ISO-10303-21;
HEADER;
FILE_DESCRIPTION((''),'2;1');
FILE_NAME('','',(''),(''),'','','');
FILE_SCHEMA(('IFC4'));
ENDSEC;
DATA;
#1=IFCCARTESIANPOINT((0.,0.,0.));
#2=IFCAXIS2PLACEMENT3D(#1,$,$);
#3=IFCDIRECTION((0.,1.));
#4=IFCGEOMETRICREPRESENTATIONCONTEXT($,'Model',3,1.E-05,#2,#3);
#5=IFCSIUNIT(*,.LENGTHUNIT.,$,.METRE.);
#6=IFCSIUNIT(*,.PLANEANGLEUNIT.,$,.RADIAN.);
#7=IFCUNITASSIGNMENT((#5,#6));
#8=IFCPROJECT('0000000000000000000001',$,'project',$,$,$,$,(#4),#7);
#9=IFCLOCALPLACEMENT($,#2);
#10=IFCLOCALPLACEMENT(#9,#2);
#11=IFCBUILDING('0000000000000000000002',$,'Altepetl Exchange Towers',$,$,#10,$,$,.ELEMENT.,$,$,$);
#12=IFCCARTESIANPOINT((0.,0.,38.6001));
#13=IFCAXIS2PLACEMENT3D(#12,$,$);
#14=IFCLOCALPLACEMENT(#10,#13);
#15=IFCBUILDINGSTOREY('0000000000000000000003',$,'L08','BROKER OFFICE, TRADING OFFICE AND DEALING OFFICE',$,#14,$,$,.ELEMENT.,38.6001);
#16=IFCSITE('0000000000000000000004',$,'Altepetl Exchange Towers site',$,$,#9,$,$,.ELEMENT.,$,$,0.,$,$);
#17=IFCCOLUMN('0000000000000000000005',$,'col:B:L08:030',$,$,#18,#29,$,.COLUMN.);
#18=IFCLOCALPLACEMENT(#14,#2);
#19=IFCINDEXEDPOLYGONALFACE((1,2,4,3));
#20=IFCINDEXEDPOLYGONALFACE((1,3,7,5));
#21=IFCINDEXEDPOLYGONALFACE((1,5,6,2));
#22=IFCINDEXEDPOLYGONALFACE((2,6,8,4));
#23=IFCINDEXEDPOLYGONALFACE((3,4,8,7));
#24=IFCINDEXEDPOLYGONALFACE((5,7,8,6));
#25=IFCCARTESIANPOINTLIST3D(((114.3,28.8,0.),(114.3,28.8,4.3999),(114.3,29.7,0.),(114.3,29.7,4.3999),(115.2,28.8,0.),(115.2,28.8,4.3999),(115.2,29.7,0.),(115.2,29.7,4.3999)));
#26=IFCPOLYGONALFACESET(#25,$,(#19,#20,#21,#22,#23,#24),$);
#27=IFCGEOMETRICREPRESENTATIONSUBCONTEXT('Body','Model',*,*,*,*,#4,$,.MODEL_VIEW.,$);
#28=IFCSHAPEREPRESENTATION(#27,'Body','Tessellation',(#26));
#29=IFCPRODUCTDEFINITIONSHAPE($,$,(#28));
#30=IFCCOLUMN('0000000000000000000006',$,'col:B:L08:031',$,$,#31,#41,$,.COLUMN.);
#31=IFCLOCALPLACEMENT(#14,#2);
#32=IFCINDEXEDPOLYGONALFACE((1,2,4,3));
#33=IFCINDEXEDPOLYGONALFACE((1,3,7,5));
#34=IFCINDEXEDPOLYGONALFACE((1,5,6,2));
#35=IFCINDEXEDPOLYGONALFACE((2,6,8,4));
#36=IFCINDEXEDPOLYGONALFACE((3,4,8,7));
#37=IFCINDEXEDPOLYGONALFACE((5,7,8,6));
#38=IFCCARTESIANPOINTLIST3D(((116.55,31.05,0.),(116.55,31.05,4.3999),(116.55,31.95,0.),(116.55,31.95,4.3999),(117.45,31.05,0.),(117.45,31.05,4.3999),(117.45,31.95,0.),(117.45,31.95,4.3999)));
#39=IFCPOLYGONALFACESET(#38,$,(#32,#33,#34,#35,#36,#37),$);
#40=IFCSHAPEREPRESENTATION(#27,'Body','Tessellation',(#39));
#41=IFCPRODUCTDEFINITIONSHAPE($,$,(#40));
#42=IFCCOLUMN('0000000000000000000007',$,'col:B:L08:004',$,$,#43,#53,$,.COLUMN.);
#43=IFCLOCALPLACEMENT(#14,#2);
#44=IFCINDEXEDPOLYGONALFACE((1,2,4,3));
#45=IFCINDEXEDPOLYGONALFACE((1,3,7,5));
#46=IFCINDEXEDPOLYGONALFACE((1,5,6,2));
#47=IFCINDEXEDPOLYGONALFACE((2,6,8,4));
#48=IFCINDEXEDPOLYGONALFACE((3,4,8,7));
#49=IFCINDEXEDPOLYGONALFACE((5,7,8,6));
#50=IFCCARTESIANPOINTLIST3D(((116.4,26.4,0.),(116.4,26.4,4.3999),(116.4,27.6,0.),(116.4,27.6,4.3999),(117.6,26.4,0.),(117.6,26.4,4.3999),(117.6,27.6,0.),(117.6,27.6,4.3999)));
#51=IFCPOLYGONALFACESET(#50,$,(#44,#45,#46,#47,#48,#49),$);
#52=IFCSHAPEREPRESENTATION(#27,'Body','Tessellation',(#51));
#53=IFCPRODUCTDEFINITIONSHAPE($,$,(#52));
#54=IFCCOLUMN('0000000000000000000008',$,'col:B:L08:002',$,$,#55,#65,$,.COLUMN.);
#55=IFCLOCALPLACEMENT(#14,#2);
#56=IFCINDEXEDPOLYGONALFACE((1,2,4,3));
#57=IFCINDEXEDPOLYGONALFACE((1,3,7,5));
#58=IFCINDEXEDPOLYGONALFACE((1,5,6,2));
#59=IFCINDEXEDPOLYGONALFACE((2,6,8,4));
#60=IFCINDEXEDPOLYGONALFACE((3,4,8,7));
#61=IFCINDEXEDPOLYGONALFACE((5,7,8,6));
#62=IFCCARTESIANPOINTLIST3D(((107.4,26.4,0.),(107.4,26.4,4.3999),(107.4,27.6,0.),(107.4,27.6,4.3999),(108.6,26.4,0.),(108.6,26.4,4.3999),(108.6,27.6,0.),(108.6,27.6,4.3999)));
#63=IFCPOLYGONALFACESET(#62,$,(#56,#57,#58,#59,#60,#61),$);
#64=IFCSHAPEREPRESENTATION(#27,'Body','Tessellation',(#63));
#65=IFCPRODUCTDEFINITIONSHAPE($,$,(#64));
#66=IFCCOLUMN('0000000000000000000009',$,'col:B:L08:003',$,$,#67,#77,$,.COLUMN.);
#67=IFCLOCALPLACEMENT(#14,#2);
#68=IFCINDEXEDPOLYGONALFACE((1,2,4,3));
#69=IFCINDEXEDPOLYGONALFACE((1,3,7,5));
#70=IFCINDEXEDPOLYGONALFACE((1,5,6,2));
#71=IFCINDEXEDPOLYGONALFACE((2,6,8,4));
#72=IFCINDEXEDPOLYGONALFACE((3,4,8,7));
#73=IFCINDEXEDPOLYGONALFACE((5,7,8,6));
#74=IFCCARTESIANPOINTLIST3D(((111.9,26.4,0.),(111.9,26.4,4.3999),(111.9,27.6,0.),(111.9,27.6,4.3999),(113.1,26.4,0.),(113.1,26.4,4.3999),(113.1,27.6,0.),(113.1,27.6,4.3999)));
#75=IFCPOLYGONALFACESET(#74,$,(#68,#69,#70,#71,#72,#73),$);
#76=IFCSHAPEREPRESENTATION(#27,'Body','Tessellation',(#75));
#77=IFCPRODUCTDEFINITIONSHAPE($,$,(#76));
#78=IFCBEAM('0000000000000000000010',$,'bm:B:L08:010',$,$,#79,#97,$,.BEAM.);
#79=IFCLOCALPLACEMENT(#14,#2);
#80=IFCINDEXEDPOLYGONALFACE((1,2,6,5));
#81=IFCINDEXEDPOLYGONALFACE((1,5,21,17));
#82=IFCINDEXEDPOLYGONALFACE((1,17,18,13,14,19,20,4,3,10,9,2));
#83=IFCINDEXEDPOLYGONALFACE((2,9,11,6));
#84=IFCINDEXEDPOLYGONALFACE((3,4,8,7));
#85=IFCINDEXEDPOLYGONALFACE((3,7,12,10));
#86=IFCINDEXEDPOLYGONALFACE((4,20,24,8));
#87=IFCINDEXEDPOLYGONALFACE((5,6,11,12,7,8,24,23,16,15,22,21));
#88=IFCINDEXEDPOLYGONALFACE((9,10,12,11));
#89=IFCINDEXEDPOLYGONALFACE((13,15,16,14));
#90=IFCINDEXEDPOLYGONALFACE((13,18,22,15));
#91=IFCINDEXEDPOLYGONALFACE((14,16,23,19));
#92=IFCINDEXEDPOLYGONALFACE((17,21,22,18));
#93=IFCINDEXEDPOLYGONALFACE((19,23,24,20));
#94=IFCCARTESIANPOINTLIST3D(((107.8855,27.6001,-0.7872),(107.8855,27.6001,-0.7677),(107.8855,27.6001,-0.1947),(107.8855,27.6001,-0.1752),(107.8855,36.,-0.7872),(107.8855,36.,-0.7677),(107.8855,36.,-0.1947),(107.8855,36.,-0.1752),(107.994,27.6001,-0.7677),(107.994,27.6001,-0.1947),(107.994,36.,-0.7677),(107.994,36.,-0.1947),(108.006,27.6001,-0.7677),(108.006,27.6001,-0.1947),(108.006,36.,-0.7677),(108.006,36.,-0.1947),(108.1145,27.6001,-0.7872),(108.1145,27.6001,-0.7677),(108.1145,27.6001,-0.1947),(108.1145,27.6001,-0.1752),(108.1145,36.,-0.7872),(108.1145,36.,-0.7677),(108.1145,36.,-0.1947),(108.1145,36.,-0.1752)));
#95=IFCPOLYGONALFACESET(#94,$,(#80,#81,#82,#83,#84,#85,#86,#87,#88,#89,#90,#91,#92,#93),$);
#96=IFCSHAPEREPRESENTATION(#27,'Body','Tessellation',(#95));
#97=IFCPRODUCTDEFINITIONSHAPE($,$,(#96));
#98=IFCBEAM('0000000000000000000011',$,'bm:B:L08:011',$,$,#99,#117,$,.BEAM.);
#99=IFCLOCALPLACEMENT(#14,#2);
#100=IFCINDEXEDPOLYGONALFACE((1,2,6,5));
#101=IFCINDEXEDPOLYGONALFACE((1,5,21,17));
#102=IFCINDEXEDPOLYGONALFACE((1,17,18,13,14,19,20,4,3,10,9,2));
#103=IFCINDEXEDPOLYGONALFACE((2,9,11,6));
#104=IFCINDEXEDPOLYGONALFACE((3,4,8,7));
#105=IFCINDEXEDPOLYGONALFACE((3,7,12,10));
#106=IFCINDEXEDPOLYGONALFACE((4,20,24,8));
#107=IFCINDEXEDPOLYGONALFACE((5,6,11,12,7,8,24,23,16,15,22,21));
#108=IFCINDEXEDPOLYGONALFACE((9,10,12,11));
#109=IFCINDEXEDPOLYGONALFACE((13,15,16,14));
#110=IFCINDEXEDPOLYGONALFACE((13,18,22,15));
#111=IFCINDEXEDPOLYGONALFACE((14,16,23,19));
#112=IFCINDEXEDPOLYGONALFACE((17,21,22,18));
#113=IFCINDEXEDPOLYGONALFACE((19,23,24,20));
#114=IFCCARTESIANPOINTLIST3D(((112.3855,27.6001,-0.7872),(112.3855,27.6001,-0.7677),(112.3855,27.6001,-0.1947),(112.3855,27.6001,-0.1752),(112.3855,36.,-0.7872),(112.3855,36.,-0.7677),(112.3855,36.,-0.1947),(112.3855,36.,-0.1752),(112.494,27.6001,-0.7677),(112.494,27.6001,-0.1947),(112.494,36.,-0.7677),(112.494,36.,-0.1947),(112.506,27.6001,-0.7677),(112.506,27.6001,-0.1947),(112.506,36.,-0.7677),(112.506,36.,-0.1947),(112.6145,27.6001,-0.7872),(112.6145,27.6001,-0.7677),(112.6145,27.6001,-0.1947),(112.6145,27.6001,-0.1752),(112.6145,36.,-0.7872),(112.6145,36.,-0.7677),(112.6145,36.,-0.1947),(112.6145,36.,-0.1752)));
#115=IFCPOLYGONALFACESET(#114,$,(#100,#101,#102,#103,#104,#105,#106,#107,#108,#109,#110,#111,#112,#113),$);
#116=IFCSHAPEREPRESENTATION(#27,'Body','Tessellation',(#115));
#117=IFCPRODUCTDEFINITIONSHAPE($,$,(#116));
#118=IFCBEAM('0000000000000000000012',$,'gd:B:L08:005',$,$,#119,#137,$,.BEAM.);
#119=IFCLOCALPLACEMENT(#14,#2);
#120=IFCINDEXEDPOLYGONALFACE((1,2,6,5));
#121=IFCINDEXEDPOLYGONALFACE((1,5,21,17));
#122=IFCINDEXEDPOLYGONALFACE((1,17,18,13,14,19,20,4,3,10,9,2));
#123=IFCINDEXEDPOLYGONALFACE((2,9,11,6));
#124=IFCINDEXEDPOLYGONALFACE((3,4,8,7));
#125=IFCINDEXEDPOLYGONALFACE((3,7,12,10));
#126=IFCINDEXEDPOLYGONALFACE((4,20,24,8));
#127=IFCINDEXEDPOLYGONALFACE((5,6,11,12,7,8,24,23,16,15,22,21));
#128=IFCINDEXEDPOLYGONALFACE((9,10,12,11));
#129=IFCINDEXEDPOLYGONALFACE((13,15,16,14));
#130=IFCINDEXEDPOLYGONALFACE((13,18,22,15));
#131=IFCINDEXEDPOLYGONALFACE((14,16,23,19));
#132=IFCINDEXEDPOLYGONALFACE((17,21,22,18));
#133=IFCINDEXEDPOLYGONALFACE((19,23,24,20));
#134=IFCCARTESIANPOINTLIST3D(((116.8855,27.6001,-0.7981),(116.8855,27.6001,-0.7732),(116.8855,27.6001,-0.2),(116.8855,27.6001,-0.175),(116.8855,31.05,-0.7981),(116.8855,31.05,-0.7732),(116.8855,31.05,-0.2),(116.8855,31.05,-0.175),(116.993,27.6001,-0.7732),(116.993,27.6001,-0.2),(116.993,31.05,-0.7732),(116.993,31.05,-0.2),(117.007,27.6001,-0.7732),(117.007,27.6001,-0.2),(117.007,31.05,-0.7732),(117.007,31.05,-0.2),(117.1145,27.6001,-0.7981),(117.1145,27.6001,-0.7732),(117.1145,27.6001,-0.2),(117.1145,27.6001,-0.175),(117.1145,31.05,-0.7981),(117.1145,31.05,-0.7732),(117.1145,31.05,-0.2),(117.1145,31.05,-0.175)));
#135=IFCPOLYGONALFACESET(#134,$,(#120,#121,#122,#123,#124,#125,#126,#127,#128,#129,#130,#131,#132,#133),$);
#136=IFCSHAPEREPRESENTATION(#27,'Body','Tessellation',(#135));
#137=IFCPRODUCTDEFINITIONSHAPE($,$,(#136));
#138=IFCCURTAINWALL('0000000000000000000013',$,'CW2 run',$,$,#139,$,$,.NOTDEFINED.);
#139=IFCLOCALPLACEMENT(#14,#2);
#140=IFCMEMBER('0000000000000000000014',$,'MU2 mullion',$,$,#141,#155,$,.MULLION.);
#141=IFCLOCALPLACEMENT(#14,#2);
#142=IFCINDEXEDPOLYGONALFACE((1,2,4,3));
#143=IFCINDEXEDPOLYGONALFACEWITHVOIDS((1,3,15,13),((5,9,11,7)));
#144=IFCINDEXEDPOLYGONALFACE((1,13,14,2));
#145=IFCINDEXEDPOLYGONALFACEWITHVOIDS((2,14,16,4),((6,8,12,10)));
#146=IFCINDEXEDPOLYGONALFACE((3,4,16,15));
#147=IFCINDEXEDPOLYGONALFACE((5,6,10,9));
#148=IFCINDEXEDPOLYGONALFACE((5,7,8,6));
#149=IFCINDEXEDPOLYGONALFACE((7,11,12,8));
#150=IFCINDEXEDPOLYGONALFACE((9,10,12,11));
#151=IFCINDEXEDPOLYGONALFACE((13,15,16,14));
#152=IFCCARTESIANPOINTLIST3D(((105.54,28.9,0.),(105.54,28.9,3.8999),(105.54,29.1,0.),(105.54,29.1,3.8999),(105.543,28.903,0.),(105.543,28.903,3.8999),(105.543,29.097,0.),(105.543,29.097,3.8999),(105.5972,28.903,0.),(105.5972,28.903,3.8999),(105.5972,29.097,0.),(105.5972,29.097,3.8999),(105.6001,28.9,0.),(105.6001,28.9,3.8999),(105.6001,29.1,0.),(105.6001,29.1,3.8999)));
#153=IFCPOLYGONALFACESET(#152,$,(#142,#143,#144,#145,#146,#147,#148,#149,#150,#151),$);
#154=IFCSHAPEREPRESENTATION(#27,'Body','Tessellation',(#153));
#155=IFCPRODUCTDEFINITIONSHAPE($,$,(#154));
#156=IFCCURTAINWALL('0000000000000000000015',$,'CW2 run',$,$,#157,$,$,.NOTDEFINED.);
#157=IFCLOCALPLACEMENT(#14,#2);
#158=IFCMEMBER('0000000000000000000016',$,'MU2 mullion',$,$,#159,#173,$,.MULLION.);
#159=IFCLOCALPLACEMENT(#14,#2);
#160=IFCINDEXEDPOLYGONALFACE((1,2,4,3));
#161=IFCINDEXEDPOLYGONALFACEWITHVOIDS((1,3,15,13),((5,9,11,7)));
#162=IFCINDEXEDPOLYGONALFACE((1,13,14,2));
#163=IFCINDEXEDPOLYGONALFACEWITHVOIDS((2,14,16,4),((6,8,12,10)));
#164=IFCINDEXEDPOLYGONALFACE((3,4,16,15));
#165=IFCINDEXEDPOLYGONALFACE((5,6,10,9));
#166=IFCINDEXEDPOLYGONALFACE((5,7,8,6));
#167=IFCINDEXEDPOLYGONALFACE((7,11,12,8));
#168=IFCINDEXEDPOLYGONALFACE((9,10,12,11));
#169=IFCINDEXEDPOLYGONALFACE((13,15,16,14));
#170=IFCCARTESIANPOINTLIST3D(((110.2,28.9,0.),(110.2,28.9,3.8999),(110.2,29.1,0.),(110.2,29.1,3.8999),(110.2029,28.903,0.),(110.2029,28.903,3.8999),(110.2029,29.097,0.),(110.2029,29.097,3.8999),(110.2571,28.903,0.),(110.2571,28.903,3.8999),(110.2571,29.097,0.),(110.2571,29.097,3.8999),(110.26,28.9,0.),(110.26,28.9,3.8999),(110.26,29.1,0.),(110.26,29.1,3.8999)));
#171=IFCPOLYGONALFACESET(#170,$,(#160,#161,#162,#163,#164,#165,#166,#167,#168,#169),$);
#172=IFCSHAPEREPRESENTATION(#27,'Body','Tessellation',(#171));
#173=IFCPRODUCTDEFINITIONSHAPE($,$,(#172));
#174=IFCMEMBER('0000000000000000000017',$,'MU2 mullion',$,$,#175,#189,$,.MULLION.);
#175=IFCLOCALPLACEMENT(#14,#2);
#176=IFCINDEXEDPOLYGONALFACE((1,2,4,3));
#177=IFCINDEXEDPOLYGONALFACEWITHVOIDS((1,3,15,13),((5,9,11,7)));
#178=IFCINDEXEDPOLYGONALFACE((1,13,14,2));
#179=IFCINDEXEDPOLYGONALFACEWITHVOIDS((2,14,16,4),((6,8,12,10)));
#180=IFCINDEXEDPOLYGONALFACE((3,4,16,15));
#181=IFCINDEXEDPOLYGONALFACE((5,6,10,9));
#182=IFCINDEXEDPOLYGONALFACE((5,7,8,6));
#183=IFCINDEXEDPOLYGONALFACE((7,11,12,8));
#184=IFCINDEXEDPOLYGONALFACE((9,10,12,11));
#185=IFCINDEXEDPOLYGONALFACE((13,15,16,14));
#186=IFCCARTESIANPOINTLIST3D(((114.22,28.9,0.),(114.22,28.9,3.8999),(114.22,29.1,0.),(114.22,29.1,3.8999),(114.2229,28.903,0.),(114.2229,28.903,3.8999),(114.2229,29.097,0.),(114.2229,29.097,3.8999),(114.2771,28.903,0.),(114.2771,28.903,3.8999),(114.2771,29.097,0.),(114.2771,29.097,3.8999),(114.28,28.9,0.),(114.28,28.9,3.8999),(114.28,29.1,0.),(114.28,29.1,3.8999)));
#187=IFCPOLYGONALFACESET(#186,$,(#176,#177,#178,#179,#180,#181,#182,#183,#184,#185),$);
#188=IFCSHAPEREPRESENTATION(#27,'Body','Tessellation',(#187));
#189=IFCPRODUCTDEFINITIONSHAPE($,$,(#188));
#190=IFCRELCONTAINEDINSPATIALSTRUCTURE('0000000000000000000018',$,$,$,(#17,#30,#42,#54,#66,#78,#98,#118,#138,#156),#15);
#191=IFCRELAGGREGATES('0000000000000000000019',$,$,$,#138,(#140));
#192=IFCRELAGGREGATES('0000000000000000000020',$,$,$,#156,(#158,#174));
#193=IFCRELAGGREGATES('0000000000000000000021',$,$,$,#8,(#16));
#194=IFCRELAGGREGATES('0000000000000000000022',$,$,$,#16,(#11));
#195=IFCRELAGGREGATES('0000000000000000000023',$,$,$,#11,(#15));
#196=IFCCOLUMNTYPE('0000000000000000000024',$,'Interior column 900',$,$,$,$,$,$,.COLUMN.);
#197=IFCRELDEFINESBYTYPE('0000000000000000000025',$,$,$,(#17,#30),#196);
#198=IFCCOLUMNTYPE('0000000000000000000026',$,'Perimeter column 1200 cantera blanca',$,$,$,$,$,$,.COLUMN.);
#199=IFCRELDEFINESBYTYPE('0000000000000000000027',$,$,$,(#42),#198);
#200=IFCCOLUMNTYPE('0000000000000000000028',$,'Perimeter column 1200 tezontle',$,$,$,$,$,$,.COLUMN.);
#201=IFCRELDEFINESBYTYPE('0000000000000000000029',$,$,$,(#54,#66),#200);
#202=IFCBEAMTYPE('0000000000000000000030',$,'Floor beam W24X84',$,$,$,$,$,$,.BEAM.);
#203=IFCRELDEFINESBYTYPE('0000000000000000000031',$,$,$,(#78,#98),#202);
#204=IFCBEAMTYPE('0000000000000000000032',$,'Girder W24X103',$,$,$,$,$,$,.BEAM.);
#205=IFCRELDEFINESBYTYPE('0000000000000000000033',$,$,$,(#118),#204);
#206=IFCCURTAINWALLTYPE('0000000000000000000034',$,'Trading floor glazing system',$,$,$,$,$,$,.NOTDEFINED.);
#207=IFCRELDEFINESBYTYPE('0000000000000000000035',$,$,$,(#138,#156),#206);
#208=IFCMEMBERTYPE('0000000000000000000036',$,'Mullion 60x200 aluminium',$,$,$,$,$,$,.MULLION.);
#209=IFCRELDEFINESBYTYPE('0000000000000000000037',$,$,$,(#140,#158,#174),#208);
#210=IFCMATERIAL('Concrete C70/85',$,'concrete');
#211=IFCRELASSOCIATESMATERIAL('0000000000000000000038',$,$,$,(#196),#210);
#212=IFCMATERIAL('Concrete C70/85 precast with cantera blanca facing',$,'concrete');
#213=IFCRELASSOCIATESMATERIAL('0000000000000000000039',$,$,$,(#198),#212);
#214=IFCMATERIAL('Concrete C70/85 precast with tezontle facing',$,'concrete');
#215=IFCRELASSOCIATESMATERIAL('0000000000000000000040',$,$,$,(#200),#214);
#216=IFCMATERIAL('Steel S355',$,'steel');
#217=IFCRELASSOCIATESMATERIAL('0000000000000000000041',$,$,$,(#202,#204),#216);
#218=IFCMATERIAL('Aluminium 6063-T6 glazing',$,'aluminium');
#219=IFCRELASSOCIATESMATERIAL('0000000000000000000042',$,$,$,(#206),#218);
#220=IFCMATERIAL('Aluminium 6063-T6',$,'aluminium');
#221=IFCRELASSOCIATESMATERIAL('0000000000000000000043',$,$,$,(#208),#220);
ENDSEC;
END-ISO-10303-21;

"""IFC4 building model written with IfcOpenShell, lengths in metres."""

from ifc_helpers import new_model, si_unit, direction, frame, origin, origin_2d, place, context, subcontext, project, spatial, rectangle, hollow_rectangle, i_section, extrude, material, material_profile, profile_set, type_object, element, aggregate, save


model = new_model("IFC4")

# Units and contexts
model_context = context("Model", 3, precision=1e-05, world=origin(), true_north=direction((0.0, 1.0)))
body_context = subcontext(model_context, "Body", "Model", "MODEL_VIEW")
ifc_project = project(units=[si_unit("LENGTHUNIT", "METRE"), si_unit("PLANEANGLEUNIT", "RADIAN")], contexts=[model_context])

# Site, building, storey
site_placement = place(None, origin())
site = spatial("IfcSite", under=ifc_project, at=site_placement, Name="Altepetl Exchange Towers site", CompositionType="ELEMENT", RefElevation=0.0)
building_placement = place(site_placement, origin())
building = spatial("IfcBuilding", under=site, at=building_placement, Name="Altepetl Exchange Towers", CompositionType="ELEMENT")
storey_placement = place(building_placement, frame((0.0, 0.0, 38.6001)))
storey = spatial("IfcBuildingStorey", under=building, at=storey_placement, Name="L08", Description="BROKER OFFICE, TRADING OFFICE AND DEALING OFFICE", CompositionType="ELEMENT", Elevation=38.6001)

# Columns
ifc_material_1 = material(Name="Concrete C70/85", Category="concrete")
ifc_material_profile_1 = material_profile(ifc_material_1, rectangle(XDim=0.8999, YDim=0.8999, at=origin_2d()), Name="900 x 900")
ifc_profile_set_1 = profile_set([ifc_material_profile_1], Name="Concrete C70/85")
column_type_1 = type_object("IfcColumnType", Name="Interior column 900", PredefinedType="COLUMN", material=ifc_profile_set_1)
for number, where, name in (
    (1, (114.75, 29.25, 0.0), "col:B:L08:030"),
    (2, (117.0, 31.5, 0.0), "col:B:L08:031"),
):
    element("IfcColumn", number, at=place(storey_placement, frame(where)), inside=storey, type_object=column_type_1, Name=name, PredefinedType="COLUMN", context=body_context, shape_type="SweptSolid", body=[
        extrude(rectangle(XDim=0.8999, YDim=0.8999, at=origin_2d()), origin(), (0.0, 0.0, 1.0), 4.3999),
    ])
ifc_material_2 = material(Name="Concrete C70/85 precast with cantera blanca facing", Category="concrete")
ifc_material_profile_2 = material_profile(ifc_material_2, rectangle(XDim=1.2, YDim=1.2, at=origin_2d()), Name="1200 x 1200")
ifc_profile_set_2 = profile_set([ifc_material_profile_2], Name="Concrete C70/85 precast with cantera blanca facing")
column_type_2 = type_object("IfcColumnType", Name="Perimeter column 1200 cantera blanca", PredefinedType="COLUMN", material=ifc_profile_set_2)
column_placement = place(storey_placement, frame((117.0, 27.0, 0.0)))
element("IfcColumn", 3, at=column_placement, inside=storey, type_object=column_type_2, Name="col:B:L08:004", PredefinedType="COLUMN", context=body_context, shape_type="SweptSolid", body=[
    extrude(rectangle(XDim=1.2, YDim=1.2, at=origin_2d()), origin(), (0.0, 0.0, 1.0), 4.3999),
])
ifc_material_3 = material(Name="Concrete C70/85 precast with tezontle facing", Category="concrete")
ifc_material_profile_3 = material_profile(ifc_material_3, rectangle(XDim=1.2, YDim=1.2, at=origin_2d()), Name="1200 x 1200")
ifc_profile_set_3 = profile_set([ifc_material_profile_3], Name="Concrete C70/85 precast with tezontle facing")
column_type_3 = type_object("IfcColumnType", Name="Perimeter column 1200 tezontle", PredefinedType="COLUMN", material=ifc_profile_set_3)
for number, where, name in (
    (4, (108.0, 27.0, 0.0), "col:B:L08:002"),
    (5, (112.5, 27.0, 0.0), "col:B:L08:003"),
):
    element("IfcColumn", number, at=place(storey_placement, frame(where)), inside=storey, type_object=column_type_3, Name=name, PredefinedType="COLUMN", context=body_context, shape_type="SweptSolid", body=[
        extrude(rectangle(XDim=1.2, YDim=1.2, at=origin_2d()), origin(), (0.0, 0.0, 1.0), 4.3999),
    ])

# Beams
ifc_material_4 = material(Name="Steel S355", Category="steel")
ifc_material_profile_4 = material_profile(ifc_material_4, i_section(OverallWidth=0.229, OverallDepth=0.6121, WebThickness=0.012, FlangeThickness=0.0195, at=origin_2d()), Name="W24X84")
ifc_profile_set_4 = profile_set([ifc_material_profile_4], Name="Steel S355")
beam_type_1 = type_object("IfcBeamType", Name="Floor beam W24X84", PredefinedType="BEAM", material=ifc_profile_set_4)
for number, where, z_axis, x_axis, name in (
    (6, (108.0, 27.6001, -0.4812), (0.0, 1.0, 0.0), (-1.0, 0.0, 0.0), "bm:B:L08:010"),
    (7, (112.5, 27.6001, -0.4812), (0.0, 1.0, 0.0), (-1.0, 0.0, 0.0), "bm:B:L08:011"),
):
    element("IfcBeam", number, at=place(storey_placement, frame(where, z_axis=z_axis, x_axis=x_axis)), inside=storey, type_object=beam_type_1, Name=name, PredefinedType="BEAM", context=body_context, shape_type="SweptSolid", body=[
        extrude(i_section(OverallWidth=0.229, OverallDepth=0.6121, WebThickness=0.012, FlangeThickness=0.0195, at=origin_2d()), origin(), (0.0, 0.0, 1.0), 8.3999),
    ])
ifc_material_profile_5 = material_profile(ifc_material_4, i_section(OverallWidth=0.229, OverallDepth=0.623, WebThickness=0.0139, FlangeThickness=0.0249, at=origin_2d()), Name="W24X103")
ifc_profile_set_5 = profile_set([ifc_material_profile_5], Name="Steel S355")
beam_type_2 = type_object("IfcBeamType", Name="Girder W24X103", PredefinedType="BEAM", material=ifc_profile_set_5)
beam_placement = place(storey_placement, frame((117.0, 31.05, -0.4866), z_axis=(0.0, -1.0, 0.0), x_axis=(1.0, 0.0, 0.0)))
element("IfcBeam", 8, at=beam_placement, inside=storey, type_object=beam_type_2, Name="gd:B:L08:005", PredefinedType="BEAM", context=body_context, shape_type="SweptSolid", body=[
    extrude(i_section(OverallWidth=0.229, OverallDepth=0.623, WebThickness=0.0139, FlangeThickness=0.0249, at=origin_2d()), origin(), (0.0, 0.0, 1.0), 3.45),
])

# Curtain wall, member
ifc_material_5 = material(Name="Aluminium 6063-T6 glazing", Category="aluminium")
curtain_wall_type = type_object("IfcCurtainWallType", Name="Trading floor glazing system", PredefinedType="NOTDEFINED", material=ifc_material_5)
curtain_wall_1_placement = place(storey_placement, origin())
curtain_wall_1 = element("IfcCurtainWall", 9, at=curtain_wall_1_placement, inside=storey, type_object=curtain_wall_type, Name="CW2 run", PredefinedType="NOTDEFINED")
ifc_material_6 = material(Name="Aluminium 6063-T6", Category="aluminium")
ifc_material_profile_6 = material_profile(ifc_material_6, hollow_rectangle(XDim=0.0601, YDim=0.2, WallThickness=0.0029, at=origin_2d()), Name="Mullion 60x200 aluminium")
ifc_profile_set_6 = profile_set([ifc_material_profile_6], Name="Aluminium 6063-T6")
member_type = type_object("IfcMemberType", Name="Mullion 60x200 aluminium", PredefinedType="MULLION", material=ifc_profile_set_6)
member_1_placement = place(storey_placement, frame((105.5701, 29.0, 0.0)))
member_1 = element("IfcMember", 10, at=member_1_placement, type_object=member_type, Name="MU2 mullion", PredefinedType="MULLION", context=body_context, shape_type="SweptSolid", body=[
    extrude(hollow_rectangle(XDim=0.0601, YDim=0.2, WallThickness=0.0029, at=origin_2d()), origin(), (0.0, 0.0, 1.0), 3.8999),
])
aggregate(curtain_wall_1, [member_1])

# Curtain wall, members
curtain_wall_2_placement = place(storey_placement, origin())
curtain_wall_2 = element("IfcCurtainWall", 11, at=curtain_wall_2_placement, inside=storey, type_object=curtain_wall_type, Name="CW2 run", PredefinedType="NOTDEFINED")
member_2_placement = place(storey_placement, frame((110.23, 29.0, 0.0)))
member_2 = element("IfcMember", 12, at=member_2_placement, type_object=member_type, Name="MU2 mullion", PredefinedType="MULLION", context=body_context, shape_type="SweptSolid", body=[
    extrude(hollow_rectangle(XDim=0.0601, YDim=0.2, WallThickness=0.0029, at=origin_2d()), origin(), (0.0, 0.0, 1.0), 3.8999),
])
member_3_placement = place(storey_placement, frame((114.25, 29.0, 0.0)))
member_3 = element("IfcMember", 13, at=member_3_placement, type_object=member_type, Name="MU2 mullion", PredefinedType="MULLION", context=body_context, shape_type="SweptSolid", body=[
    extrude(hollow_rectangle(XDim=0.0601, YDim=0.2, WallThickness=0.0029, at=origin_2d()), origin(), (0.0, 0.0, 1.0), 3.8999),
])

aggregate(curtain_wall_2, [member_2, member_3])

save(model, "model.ifc")
